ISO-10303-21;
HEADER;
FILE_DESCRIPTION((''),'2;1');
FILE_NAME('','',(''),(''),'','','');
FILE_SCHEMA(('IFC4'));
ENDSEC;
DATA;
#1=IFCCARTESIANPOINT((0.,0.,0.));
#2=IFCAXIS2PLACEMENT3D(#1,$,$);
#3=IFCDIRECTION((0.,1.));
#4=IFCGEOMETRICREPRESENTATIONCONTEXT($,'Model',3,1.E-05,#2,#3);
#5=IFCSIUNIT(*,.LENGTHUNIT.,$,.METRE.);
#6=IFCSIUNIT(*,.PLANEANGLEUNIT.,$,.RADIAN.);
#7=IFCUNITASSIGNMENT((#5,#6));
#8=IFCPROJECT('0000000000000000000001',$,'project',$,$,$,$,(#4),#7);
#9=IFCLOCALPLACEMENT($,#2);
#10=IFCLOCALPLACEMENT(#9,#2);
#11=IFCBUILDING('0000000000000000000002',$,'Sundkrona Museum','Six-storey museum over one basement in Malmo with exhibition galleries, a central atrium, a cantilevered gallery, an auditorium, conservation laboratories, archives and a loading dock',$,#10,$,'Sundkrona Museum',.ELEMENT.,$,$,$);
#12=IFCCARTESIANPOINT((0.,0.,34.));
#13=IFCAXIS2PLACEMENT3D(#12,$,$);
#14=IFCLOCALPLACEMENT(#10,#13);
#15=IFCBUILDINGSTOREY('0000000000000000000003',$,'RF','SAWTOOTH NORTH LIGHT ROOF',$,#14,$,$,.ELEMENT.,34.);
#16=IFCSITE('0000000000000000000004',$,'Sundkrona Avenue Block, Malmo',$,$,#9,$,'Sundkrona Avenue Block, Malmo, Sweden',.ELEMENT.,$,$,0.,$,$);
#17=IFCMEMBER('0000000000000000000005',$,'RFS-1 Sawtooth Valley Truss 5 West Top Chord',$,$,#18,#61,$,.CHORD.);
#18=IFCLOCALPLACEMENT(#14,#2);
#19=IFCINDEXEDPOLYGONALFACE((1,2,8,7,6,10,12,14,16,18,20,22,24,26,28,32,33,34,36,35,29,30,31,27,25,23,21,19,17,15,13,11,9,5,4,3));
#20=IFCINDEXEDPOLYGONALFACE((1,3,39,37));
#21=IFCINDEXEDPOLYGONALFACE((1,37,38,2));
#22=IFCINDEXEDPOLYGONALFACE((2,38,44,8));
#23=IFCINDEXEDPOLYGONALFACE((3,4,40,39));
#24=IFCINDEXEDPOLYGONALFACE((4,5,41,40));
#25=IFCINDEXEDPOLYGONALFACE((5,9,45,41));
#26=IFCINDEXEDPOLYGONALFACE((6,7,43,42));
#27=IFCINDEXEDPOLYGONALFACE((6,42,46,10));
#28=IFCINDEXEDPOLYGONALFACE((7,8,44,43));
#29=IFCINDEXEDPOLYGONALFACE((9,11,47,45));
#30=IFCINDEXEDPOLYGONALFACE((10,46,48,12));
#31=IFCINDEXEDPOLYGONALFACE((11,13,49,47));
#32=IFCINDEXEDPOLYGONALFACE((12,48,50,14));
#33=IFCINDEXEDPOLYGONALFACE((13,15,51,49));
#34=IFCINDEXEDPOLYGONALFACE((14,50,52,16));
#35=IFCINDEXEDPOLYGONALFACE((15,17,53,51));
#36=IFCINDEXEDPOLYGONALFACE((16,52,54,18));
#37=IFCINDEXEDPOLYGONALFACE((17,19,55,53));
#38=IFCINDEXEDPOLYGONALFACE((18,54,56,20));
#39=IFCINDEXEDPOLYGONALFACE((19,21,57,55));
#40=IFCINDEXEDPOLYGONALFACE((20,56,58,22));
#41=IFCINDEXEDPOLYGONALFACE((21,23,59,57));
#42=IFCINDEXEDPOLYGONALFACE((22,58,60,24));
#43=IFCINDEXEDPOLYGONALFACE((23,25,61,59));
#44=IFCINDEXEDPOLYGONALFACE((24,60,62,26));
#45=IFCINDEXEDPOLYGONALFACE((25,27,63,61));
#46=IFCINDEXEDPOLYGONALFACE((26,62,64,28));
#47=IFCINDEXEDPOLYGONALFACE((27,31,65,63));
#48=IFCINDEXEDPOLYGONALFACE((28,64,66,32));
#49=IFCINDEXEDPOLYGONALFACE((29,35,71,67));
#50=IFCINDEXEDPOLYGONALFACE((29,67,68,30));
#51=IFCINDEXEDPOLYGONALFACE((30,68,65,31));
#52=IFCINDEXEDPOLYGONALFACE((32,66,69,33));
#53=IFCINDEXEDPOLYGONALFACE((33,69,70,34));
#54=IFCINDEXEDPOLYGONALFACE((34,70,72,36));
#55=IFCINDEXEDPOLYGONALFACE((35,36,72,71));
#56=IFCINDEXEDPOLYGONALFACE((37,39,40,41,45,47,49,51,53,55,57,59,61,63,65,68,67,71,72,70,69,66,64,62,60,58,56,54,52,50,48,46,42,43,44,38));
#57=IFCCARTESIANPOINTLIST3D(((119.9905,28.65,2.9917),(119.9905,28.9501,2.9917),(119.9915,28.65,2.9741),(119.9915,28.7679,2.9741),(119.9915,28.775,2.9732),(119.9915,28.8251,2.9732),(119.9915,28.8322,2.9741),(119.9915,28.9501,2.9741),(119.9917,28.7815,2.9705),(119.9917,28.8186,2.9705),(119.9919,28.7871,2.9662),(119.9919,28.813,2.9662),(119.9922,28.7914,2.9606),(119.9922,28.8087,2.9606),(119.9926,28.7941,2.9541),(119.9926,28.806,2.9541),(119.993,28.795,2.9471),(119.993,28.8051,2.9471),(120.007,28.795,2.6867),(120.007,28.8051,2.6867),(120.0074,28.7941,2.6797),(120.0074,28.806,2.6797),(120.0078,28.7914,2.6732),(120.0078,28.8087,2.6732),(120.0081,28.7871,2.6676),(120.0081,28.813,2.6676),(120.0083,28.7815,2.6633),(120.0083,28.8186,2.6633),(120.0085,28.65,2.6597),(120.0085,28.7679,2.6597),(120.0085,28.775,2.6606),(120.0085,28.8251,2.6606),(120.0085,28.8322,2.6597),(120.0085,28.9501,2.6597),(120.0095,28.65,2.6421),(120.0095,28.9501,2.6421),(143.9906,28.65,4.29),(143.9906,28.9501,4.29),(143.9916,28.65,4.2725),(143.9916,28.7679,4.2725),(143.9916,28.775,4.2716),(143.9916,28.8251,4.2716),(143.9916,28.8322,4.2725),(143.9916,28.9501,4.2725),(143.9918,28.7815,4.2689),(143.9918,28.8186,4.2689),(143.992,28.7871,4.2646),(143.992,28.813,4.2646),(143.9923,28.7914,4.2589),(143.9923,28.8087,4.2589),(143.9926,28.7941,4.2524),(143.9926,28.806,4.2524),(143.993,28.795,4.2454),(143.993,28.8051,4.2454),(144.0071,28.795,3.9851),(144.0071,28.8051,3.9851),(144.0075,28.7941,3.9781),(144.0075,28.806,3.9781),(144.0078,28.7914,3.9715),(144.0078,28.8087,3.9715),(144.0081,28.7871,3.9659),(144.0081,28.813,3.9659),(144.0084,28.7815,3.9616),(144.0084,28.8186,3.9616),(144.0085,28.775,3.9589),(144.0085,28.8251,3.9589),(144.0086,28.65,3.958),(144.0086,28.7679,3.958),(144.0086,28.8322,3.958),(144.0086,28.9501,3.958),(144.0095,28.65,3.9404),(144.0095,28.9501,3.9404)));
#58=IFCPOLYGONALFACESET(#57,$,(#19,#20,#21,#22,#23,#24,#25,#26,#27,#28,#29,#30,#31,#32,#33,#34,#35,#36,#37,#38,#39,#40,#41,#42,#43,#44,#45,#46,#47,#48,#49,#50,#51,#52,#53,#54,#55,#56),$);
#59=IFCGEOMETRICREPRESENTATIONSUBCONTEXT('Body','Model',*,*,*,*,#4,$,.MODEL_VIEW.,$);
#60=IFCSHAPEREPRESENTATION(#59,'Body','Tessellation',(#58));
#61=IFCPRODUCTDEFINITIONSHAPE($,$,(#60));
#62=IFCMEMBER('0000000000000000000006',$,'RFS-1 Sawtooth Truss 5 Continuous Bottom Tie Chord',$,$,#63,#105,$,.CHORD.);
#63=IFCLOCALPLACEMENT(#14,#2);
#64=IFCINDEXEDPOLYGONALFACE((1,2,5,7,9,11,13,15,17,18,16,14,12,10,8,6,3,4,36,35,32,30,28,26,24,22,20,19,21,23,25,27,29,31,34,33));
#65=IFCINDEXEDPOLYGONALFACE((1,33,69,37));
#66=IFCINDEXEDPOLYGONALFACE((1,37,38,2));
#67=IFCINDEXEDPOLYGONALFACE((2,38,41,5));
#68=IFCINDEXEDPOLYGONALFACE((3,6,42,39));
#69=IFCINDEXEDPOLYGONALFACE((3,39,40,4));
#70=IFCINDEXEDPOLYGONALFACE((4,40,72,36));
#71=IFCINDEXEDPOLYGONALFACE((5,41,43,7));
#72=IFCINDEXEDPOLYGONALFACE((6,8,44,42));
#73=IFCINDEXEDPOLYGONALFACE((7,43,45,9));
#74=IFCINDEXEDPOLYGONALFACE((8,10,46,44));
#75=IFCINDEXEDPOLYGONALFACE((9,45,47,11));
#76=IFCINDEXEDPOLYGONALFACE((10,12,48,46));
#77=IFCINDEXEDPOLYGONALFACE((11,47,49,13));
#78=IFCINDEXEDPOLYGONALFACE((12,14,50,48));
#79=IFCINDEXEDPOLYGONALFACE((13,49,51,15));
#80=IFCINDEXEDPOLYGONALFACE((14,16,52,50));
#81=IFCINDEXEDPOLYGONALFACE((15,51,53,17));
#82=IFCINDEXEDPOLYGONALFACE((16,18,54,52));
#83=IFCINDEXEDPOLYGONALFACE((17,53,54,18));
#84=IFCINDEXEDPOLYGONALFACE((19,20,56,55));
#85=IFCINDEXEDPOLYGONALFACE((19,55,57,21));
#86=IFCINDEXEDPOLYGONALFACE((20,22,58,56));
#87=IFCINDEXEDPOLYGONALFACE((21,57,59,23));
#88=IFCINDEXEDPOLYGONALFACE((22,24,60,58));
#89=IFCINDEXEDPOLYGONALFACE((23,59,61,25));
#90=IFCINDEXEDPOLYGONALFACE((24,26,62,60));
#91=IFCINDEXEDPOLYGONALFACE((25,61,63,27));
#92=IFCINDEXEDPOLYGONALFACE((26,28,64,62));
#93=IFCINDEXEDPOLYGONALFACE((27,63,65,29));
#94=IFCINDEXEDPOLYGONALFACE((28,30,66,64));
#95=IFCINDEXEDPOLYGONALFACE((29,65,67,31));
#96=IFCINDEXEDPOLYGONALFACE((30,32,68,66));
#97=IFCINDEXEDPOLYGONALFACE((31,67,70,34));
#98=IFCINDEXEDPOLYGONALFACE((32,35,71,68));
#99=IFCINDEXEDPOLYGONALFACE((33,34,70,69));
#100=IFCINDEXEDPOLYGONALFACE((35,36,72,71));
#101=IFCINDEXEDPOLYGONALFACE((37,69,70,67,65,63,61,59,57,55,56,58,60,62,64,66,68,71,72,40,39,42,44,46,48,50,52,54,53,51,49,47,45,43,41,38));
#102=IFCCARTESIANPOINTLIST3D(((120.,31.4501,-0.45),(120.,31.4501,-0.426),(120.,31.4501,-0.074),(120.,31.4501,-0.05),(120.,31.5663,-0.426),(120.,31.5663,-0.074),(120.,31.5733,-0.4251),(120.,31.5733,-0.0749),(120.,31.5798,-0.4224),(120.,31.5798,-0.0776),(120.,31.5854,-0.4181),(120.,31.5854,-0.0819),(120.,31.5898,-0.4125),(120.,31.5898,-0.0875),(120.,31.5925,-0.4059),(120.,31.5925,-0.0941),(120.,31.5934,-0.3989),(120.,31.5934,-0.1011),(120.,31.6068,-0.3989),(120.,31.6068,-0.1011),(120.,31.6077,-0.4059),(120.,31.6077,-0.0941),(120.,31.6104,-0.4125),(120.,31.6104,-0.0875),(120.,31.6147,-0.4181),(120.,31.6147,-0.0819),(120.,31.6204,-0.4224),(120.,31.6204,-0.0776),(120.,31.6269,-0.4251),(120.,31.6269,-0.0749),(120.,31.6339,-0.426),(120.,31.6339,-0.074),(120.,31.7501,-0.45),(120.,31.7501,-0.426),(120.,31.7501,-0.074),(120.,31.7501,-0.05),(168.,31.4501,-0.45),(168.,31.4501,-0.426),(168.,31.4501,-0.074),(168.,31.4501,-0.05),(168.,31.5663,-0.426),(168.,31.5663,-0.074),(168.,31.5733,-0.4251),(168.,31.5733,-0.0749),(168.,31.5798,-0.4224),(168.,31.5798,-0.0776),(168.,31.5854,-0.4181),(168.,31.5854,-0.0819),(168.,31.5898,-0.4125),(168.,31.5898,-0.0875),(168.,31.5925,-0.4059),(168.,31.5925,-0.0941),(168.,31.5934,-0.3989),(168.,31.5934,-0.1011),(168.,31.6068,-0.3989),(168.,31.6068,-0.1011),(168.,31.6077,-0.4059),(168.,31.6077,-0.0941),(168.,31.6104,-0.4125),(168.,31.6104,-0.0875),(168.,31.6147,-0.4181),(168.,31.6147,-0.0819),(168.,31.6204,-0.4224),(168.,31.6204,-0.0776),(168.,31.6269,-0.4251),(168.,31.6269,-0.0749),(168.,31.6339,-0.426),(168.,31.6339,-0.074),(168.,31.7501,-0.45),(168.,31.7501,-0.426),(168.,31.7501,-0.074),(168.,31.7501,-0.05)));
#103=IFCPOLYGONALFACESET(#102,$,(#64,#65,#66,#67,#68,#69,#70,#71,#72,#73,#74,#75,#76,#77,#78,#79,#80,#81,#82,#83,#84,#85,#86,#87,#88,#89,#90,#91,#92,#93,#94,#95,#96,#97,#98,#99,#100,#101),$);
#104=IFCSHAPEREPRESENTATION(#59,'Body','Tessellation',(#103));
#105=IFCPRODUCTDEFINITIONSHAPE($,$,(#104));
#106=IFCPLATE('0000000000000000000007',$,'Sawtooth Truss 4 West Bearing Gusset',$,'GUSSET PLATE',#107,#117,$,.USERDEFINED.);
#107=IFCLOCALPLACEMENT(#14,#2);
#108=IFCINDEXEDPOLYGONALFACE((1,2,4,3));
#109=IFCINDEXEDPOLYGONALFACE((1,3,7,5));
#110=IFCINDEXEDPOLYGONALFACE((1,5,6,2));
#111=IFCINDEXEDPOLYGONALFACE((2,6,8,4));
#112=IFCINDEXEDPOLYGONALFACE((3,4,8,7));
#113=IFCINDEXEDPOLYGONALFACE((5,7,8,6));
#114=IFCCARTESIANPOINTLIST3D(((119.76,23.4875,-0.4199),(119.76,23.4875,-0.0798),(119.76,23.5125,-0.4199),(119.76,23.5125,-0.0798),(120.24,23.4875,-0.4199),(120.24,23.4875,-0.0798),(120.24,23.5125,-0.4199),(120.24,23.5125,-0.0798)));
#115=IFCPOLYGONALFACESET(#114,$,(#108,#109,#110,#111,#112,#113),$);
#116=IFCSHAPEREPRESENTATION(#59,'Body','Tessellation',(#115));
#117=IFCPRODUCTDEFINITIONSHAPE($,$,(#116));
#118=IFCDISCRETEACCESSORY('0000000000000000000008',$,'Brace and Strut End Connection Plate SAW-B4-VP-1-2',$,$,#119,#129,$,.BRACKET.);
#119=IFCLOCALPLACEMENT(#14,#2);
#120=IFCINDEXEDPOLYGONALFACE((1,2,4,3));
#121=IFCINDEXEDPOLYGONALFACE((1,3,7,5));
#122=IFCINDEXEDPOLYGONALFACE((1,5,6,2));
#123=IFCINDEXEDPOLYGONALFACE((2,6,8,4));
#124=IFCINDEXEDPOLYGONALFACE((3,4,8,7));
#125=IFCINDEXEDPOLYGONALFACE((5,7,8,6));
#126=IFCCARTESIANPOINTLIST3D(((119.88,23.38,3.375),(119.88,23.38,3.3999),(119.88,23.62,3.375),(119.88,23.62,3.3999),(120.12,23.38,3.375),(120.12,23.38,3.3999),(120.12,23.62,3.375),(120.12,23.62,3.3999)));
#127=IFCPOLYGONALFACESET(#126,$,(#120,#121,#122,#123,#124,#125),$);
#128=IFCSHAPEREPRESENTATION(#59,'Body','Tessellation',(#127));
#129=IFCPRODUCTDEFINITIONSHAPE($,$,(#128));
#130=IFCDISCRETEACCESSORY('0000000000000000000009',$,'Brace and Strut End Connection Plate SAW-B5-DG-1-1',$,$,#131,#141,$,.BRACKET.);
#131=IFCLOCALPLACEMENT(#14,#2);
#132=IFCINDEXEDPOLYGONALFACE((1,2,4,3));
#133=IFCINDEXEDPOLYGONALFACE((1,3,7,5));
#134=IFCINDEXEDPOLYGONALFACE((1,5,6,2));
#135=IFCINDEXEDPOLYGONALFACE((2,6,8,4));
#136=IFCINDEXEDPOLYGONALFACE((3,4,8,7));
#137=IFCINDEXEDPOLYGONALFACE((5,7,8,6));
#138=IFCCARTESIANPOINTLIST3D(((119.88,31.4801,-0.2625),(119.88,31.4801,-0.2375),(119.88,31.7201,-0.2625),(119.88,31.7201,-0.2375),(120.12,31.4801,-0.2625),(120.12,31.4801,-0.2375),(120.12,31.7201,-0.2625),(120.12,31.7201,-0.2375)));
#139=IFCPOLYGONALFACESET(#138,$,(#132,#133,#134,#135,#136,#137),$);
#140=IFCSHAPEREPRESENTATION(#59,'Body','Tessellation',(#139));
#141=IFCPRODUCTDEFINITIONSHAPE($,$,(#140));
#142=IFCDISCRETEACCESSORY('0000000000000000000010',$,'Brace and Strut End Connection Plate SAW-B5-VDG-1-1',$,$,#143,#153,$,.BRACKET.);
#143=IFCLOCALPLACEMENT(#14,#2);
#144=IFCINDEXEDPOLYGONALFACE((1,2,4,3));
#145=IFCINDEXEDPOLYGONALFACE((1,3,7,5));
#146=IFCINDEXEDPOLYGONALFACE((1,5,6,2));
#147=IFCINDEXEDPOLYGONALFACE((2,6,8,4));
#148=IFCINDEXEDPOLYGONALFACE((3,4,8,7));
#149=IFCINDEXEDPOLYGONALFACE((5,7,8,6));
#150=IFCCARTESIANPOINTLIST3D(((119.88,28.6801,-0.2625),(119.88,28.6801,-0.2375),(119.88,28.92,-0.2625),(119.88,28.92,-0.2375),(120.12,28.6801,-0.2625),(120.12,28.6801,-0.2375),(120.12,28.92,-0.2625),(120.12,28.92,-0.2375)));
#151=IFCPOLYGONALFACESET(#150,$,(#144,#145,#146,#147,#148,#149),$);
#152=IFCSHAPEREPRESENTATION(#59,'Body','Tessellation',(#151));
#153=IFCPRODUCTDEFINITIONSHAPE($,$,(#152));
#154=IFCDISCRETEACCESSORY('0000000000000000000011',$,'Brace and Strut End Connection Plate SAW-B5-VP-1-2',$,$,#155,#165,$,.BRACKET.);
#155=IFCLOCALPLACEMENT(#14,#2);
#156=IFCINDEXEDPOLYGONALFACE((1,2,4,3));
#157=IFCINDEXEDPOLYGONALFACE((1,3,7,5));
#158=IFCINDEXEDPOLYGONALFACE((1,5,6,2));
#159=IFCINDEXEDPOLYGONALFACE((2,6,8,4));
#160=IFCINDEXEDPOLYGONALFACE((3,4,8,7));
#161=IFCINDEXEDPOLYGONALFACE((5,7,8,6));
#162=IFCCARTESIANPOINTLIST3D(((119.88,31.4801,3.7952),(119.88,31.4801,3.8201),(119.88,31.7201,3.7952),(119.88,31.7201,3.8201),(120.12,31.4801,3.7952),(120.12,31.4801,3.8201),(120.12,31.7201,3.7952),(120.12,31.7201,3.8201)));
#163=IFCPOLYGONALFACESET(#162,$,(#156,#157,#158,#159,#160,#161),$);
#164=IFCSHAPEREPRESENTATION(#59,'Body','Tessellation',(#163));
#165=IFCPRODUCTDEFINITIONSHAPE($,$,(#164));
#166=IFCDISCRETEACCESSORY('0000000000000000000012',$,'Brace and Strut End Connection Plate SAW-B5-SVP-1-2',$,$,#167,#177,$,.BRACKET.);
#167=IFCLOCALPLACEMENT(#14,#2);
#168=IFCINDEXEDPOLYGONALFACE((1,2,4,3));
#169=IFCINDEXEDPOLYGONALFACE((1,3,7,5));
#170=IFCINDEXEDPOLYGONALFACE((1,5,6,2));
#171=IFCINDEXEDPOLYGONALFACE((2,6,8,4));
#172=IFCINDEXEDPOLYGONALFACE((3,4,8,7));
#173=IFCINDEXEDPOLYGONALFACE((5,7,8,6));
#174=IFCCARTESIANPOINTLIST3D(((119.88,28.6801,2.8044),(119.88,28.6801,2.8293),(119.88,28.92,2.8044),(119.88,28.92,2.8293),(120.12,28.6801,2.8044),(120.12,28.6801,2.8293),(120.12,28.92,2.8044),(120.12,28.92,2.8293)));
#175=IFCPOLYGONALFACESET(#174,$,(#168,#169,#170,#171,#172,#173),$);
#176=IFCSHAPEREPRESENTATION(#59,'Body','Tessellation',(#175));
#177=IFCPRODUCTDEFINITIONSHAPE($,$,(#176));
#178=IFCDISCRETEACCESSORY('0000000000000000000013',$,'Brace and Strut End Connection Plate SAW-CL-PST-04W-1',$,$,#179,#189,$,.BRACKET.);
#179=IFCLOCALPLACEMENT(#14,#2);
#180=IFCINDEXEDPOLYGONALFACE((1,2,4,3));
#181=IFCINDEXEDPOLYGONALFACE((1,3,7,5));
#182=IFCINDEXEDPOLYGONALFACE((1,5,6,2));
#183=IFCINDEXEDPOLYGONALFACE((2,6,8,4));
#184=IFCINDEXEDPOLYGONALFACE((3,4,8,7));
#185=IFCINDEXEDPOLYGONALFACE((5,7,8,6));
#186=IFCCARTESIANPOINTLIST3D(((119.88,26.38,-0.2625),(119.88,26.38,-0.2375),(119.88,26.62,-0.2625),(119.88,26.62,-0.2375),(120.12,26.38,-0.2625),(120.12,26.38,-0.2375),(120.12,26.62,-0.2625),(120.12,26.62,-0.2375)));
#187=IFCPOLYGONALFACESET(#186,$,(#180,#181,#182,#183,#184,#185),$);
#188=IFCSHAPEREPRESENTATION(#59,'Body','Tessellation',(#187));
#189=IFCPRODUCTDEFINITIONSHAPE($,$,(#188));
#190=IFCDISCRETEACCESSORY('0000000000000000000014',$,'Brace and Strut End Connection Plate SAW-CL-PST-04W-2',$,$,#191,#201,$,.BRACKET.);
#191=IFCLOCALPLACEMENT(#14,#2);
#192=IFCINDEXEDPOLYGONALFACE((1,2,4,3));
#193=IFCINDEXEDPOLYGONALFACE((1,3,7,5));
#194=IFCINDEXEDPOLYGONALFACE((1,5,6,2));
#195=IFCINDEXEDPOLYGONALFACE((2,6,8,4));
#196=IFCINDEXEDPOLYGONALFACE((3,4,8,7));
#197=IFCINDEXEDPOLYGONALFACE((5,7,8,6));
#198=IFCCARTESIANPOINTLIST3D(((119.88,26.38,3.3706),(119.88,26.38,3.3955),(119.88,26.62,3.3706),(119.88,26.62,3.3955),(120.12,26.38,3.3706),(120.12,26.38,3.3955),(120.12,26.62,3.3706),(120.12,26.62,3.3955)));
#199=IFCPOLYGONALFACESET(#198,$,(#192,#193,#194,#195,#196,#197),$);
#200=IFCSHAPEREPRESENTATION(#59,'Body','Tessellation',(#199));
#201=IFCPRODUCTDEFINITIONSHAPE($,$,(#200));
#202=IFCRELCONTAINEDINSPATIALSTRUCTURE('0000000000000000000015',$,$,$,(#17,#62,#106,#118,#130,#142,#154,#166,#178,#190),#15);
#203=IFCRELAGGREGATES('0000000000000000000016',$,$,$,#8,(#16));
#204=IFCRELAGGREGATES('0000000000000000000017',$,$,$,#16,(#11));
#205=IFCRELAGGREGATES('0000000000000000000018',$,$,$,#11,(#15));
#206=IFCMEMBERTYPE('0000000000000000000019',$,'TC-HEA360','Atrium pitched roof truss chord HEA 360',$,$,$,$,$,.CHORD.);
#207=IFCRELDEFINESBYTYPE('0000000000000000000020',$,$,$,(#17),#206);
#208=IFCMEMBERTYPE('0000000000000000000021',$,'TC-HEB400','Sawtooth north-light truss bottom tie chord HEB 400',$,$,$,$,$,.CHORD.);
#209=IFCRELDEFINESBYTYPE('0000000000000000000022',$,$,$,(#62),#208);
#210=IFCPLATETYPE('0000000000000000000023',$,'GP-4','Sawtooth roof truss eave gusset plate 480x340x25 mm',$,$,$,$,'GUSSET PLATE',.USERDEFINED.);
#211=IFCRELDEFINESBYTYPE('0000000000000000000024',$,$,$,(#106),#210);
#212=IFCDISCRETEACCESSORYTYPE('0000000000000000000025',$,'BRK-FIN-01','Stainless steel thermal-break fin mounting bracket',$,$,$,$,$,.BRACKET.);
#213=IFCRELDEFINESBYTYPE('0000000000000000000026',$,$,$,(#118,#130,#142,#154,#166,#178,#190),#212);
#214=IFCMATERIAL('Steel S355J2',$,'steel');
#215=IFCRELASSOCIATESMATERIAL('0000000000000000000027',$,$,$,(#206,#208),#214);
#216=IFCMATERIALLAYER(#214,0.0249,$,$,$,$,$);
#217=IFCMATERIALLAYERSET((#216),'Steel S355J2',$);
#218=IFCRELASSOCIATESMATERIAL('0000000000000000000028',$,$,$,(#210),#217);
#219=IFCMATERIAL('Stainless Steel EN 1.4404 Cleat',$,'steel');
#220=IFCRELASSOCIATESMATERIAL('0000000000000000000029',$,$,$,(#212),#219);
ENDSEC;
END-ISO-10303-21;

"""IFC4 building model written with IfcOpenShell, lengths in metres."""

from ifc_helpers import new_model, si_unit, direction, frame, origin, origin_2d, place, context, subcontext, project, spatial, rectangle, i_section, extrude, material, layer, layer_set, material_profile, profile_set, type_object, element, save


model = new_model("IFC4")

# Units and contexts
model_context = context("Model", 3, precision=1e-05, world=origin(), true_north=direction((0.0, 1.0)))
body_context = subcontext(model_context, "Body", "Model", "MODEL_VIEW")
ifc_project = project(units=[si_unit("LENGTHUNIT", "METRE"), si_unit("PLANEANGLEUNIT", "RADIAN")], contexts=[model_context])

# Site, building, storey
site_placement = place(None, origin())
site = spatial("IfcSite", under=ifc_project, at=site_placement, Name="Sundkrona Avenue Block, Malmo", LongName="Sundkrona Avenue Block, Malmo, Sweden", CompositionType="ELEMENT", RefElevation=0.0)
building_placement = place(site_placement, origin())
building = spatial("IfcBuilding", under=site, at=building_placement, Name="Sundkrona Museum", Description="Six-storey museum over one basement in Malmo with exhibition galleries, a central atrium, a cantilevered gallery, an auditorium, conservation laboratories, archives and a loading dock", LongName="Sundkrona Museum", CompositionType="ELEMENT")
storey_placement = place(building_placement, frame((0.0, 0.0, 34.0)))
storey = spatial("IfcBuildingStorey", under=building, at=storey_placement, Name="RF", Description="SAWTOOTH NORTH LIGHT ROOF", CompositionType="ELEMENT", Elevation=34.0)

# Members
ifc_material_1 = material(Name="Steel S355J2", Category="steel")
ifc_material_profile_1 = material_profile(ifc_material_1, i_section(OverallWidth=0.3, OverallDepth=0.3501, WebThickness=0.01, FlangeThickness=0.0176, FilletRadius=0.0271, at=origin_2d()), Name="HEA 360")
ifc_profile_set_1 = profile_set([ifc_material_profile_1], Name="Steel S355J2")
member_type_1 = type_object("IfcMemberType", Name="TC-HEA360", Description="Atrium pitched roof truss chord HEA 360", PredefinedType="CHORD", material=ifc_profile_set_1)
member_1_placement = place(storey_placement, frame((120.0, 28.8, 2.8169), z_axis=(0.99854, 0.0, 0.054019), x_axis=(0.0, 1.0, 0.0)))
element("IfcMember", 1, at=member_1_placement, inside=storey, type_object=member_type_1, Name="RFS-1 Sawtooth Valley Truss 5 West Top Chord", PredefinedType="CHORD", context=body_context, shape_type="SweptSolid", body=[
    extrude(i_section(OverallWidth=0.3, OverallDepth=0.3501, WebThickness=0.01, FlangeThickness=0.0176, FilletRadius=0.0271, at=origin_2d()), origin(), (0.0, 0.0, 1.0), 24.0352),
])
ifc_material_profile_2 = material_profile(ifc_material_1, i_section(OverallWidth=0.3, OverallDepth=0.3999, WebThickness=0.0134, FlangeThickness=0.0239, FilletRadius=0.0271, at=origin_2d()), Name="HEB 400")
ifc_profile_set_2 = profile_set([ifc_material_profile_2], Name="Steel S355J2")
member_type_2 = type_object("IfcMemberType", Name="TC-HEB400", Description="Sawtooth north-light truss bottom tie chord HEB 400", PredefinedType="CHORD", material=ifc_profile_set_2)
member_2_placement = place(storey_placement, frame((120.0, 31.6001, -0.25), z_axis=(1.0, 0.0, 0.0), x_axis=(0.0, 1.0, 0.0)))
element("IfcMember", 2, at=member_2_placement, inside=storey, type_object=member_type_2, Name="RFS-1 Sawtooth Truss 5 Continuous Bottom Tie Chord", PredefinedType="CHORD", context=body_context, shape_type="SweptSolid", body=[
    extrude(i_section(OverallWidth=0.3, OverallDepth=0.3999, WebThickness=0.0134, FlangeThickness=0.0239, FilletRadius=0.0271, at=origin_2d()), origin(), (0.0, 0.0, 1.0), 48.0),
])

# Plate
ifc_layer = layer(ifc_material_1, 0.0249)
ifc_layer_set = layer_set([ifc_layer], Name="Steel S355J2")
plate_type = type_object("IfcPlateType", Name="GP-4", Description="Sawtooth roof truss eave gusset plate 480x340x25 mm", ElementType="GUSSET PLATE", PredefinedType="USERDEFINED", material=ifc_layer_set)
plate_placement = place(storey_placement, frame((120.0, 23.5, -0.4199), z_axis=(0.0, 0.0, 1.0), x_axis=(1.0, 0.0, 0.0)))
element("IfcPlate", 3, at=plate_placement, inside=storey, type_object=plate_type, Name="Sawtooth Truss 4 West Bearing Gusset", ObjectType="GUSSET PLATE", PredefinedType="USERDEFINED", context=body_context, shape_type="SweptSolid", body=[
    extrude(rectangle(XDim=0.48, YDim=0.0249, at=origin_2d()), origin(), (0.0, 0.0, 1.0), 0.3401),
])

# Discrete accessories
ifc_material_2 = material(Name="Stainless Steel EN 1.4404 Cleat", Category="steel")
discrete_accessory_type = type_object("IfcDiscreteAccessoryType", Name="BRK-FIN-01", Description="Stainless steel thermal-break fin mounting bracket", PredefinedType="BRACKET", material=ifc_material_2)
for number, where, z_axis, x_axis, name in (
    (4, (120.0, 23.5, 3.375), (0.0, 0.0, 1.0), (1.0, 0.0, 0.0), "Brace and Strut End Connection Plate SAW-B4-VP-1-2"),
    (5, (120.0, 31.6001, -0.2625), (0.0, 0.0, 1.0), (1.0, 0.0, 0.0), "Brace and Strut End Connection Plate SAW-B5-DG-1-1"),
    (6, (120.0, 28.8, -0.2625), (0.0, 0.0, 1.0), (1.0, 0.0, 0.0), "Brace and Strut End Connection Plate SAW-B5-VDG-1-1"),
    (7, (120.0, 31.6001, 3.7952), (0.0, 0.0, 1.0), (1.0, 0.0, 0.0), "Brace and Strut End Connection Plate SAW-B5-VP-1-2"),
    (8, (120.0, 28.8, 2.8044), (0.0, 0.0, 1.0), (1.0, 0.0, 0.0), "Brace and Strut End Connection Plate SAW-B5-SVP-1-2"),
    (9, (120.0, 26.5, -0.2625), (0.0, 0.0, 1.0), (1.0, 0.0, 0.0), "Brace and Strut End Connection Plate SAW-CL-PST-04W-1"),
    (10, (120.0, 26.5, 3.3706), (0.0, 0.0, 1.0), (1.0, 0.0, 0.0), "Brace and Strut End Connection Plate SAW-CL-PST-04W-2"),
):
    element("IfcDiscreteAccessory", number, at=place(storey_placement, frame(where, z_axis=z_axis, x_axis=x_axis)), inside=storey, type_object=discrete_accessory_type, Name=name, PredefinedType="BRACKET", context=body_context, shape_type="SweptSolid", body=[
        extrude(rectangle(XDim=0.24, YDim=0.24, at=origin_2d()), origin(), (0.0, 0.0, 1.0), 0.0249),
    ])

save(model, "model.ifc")
